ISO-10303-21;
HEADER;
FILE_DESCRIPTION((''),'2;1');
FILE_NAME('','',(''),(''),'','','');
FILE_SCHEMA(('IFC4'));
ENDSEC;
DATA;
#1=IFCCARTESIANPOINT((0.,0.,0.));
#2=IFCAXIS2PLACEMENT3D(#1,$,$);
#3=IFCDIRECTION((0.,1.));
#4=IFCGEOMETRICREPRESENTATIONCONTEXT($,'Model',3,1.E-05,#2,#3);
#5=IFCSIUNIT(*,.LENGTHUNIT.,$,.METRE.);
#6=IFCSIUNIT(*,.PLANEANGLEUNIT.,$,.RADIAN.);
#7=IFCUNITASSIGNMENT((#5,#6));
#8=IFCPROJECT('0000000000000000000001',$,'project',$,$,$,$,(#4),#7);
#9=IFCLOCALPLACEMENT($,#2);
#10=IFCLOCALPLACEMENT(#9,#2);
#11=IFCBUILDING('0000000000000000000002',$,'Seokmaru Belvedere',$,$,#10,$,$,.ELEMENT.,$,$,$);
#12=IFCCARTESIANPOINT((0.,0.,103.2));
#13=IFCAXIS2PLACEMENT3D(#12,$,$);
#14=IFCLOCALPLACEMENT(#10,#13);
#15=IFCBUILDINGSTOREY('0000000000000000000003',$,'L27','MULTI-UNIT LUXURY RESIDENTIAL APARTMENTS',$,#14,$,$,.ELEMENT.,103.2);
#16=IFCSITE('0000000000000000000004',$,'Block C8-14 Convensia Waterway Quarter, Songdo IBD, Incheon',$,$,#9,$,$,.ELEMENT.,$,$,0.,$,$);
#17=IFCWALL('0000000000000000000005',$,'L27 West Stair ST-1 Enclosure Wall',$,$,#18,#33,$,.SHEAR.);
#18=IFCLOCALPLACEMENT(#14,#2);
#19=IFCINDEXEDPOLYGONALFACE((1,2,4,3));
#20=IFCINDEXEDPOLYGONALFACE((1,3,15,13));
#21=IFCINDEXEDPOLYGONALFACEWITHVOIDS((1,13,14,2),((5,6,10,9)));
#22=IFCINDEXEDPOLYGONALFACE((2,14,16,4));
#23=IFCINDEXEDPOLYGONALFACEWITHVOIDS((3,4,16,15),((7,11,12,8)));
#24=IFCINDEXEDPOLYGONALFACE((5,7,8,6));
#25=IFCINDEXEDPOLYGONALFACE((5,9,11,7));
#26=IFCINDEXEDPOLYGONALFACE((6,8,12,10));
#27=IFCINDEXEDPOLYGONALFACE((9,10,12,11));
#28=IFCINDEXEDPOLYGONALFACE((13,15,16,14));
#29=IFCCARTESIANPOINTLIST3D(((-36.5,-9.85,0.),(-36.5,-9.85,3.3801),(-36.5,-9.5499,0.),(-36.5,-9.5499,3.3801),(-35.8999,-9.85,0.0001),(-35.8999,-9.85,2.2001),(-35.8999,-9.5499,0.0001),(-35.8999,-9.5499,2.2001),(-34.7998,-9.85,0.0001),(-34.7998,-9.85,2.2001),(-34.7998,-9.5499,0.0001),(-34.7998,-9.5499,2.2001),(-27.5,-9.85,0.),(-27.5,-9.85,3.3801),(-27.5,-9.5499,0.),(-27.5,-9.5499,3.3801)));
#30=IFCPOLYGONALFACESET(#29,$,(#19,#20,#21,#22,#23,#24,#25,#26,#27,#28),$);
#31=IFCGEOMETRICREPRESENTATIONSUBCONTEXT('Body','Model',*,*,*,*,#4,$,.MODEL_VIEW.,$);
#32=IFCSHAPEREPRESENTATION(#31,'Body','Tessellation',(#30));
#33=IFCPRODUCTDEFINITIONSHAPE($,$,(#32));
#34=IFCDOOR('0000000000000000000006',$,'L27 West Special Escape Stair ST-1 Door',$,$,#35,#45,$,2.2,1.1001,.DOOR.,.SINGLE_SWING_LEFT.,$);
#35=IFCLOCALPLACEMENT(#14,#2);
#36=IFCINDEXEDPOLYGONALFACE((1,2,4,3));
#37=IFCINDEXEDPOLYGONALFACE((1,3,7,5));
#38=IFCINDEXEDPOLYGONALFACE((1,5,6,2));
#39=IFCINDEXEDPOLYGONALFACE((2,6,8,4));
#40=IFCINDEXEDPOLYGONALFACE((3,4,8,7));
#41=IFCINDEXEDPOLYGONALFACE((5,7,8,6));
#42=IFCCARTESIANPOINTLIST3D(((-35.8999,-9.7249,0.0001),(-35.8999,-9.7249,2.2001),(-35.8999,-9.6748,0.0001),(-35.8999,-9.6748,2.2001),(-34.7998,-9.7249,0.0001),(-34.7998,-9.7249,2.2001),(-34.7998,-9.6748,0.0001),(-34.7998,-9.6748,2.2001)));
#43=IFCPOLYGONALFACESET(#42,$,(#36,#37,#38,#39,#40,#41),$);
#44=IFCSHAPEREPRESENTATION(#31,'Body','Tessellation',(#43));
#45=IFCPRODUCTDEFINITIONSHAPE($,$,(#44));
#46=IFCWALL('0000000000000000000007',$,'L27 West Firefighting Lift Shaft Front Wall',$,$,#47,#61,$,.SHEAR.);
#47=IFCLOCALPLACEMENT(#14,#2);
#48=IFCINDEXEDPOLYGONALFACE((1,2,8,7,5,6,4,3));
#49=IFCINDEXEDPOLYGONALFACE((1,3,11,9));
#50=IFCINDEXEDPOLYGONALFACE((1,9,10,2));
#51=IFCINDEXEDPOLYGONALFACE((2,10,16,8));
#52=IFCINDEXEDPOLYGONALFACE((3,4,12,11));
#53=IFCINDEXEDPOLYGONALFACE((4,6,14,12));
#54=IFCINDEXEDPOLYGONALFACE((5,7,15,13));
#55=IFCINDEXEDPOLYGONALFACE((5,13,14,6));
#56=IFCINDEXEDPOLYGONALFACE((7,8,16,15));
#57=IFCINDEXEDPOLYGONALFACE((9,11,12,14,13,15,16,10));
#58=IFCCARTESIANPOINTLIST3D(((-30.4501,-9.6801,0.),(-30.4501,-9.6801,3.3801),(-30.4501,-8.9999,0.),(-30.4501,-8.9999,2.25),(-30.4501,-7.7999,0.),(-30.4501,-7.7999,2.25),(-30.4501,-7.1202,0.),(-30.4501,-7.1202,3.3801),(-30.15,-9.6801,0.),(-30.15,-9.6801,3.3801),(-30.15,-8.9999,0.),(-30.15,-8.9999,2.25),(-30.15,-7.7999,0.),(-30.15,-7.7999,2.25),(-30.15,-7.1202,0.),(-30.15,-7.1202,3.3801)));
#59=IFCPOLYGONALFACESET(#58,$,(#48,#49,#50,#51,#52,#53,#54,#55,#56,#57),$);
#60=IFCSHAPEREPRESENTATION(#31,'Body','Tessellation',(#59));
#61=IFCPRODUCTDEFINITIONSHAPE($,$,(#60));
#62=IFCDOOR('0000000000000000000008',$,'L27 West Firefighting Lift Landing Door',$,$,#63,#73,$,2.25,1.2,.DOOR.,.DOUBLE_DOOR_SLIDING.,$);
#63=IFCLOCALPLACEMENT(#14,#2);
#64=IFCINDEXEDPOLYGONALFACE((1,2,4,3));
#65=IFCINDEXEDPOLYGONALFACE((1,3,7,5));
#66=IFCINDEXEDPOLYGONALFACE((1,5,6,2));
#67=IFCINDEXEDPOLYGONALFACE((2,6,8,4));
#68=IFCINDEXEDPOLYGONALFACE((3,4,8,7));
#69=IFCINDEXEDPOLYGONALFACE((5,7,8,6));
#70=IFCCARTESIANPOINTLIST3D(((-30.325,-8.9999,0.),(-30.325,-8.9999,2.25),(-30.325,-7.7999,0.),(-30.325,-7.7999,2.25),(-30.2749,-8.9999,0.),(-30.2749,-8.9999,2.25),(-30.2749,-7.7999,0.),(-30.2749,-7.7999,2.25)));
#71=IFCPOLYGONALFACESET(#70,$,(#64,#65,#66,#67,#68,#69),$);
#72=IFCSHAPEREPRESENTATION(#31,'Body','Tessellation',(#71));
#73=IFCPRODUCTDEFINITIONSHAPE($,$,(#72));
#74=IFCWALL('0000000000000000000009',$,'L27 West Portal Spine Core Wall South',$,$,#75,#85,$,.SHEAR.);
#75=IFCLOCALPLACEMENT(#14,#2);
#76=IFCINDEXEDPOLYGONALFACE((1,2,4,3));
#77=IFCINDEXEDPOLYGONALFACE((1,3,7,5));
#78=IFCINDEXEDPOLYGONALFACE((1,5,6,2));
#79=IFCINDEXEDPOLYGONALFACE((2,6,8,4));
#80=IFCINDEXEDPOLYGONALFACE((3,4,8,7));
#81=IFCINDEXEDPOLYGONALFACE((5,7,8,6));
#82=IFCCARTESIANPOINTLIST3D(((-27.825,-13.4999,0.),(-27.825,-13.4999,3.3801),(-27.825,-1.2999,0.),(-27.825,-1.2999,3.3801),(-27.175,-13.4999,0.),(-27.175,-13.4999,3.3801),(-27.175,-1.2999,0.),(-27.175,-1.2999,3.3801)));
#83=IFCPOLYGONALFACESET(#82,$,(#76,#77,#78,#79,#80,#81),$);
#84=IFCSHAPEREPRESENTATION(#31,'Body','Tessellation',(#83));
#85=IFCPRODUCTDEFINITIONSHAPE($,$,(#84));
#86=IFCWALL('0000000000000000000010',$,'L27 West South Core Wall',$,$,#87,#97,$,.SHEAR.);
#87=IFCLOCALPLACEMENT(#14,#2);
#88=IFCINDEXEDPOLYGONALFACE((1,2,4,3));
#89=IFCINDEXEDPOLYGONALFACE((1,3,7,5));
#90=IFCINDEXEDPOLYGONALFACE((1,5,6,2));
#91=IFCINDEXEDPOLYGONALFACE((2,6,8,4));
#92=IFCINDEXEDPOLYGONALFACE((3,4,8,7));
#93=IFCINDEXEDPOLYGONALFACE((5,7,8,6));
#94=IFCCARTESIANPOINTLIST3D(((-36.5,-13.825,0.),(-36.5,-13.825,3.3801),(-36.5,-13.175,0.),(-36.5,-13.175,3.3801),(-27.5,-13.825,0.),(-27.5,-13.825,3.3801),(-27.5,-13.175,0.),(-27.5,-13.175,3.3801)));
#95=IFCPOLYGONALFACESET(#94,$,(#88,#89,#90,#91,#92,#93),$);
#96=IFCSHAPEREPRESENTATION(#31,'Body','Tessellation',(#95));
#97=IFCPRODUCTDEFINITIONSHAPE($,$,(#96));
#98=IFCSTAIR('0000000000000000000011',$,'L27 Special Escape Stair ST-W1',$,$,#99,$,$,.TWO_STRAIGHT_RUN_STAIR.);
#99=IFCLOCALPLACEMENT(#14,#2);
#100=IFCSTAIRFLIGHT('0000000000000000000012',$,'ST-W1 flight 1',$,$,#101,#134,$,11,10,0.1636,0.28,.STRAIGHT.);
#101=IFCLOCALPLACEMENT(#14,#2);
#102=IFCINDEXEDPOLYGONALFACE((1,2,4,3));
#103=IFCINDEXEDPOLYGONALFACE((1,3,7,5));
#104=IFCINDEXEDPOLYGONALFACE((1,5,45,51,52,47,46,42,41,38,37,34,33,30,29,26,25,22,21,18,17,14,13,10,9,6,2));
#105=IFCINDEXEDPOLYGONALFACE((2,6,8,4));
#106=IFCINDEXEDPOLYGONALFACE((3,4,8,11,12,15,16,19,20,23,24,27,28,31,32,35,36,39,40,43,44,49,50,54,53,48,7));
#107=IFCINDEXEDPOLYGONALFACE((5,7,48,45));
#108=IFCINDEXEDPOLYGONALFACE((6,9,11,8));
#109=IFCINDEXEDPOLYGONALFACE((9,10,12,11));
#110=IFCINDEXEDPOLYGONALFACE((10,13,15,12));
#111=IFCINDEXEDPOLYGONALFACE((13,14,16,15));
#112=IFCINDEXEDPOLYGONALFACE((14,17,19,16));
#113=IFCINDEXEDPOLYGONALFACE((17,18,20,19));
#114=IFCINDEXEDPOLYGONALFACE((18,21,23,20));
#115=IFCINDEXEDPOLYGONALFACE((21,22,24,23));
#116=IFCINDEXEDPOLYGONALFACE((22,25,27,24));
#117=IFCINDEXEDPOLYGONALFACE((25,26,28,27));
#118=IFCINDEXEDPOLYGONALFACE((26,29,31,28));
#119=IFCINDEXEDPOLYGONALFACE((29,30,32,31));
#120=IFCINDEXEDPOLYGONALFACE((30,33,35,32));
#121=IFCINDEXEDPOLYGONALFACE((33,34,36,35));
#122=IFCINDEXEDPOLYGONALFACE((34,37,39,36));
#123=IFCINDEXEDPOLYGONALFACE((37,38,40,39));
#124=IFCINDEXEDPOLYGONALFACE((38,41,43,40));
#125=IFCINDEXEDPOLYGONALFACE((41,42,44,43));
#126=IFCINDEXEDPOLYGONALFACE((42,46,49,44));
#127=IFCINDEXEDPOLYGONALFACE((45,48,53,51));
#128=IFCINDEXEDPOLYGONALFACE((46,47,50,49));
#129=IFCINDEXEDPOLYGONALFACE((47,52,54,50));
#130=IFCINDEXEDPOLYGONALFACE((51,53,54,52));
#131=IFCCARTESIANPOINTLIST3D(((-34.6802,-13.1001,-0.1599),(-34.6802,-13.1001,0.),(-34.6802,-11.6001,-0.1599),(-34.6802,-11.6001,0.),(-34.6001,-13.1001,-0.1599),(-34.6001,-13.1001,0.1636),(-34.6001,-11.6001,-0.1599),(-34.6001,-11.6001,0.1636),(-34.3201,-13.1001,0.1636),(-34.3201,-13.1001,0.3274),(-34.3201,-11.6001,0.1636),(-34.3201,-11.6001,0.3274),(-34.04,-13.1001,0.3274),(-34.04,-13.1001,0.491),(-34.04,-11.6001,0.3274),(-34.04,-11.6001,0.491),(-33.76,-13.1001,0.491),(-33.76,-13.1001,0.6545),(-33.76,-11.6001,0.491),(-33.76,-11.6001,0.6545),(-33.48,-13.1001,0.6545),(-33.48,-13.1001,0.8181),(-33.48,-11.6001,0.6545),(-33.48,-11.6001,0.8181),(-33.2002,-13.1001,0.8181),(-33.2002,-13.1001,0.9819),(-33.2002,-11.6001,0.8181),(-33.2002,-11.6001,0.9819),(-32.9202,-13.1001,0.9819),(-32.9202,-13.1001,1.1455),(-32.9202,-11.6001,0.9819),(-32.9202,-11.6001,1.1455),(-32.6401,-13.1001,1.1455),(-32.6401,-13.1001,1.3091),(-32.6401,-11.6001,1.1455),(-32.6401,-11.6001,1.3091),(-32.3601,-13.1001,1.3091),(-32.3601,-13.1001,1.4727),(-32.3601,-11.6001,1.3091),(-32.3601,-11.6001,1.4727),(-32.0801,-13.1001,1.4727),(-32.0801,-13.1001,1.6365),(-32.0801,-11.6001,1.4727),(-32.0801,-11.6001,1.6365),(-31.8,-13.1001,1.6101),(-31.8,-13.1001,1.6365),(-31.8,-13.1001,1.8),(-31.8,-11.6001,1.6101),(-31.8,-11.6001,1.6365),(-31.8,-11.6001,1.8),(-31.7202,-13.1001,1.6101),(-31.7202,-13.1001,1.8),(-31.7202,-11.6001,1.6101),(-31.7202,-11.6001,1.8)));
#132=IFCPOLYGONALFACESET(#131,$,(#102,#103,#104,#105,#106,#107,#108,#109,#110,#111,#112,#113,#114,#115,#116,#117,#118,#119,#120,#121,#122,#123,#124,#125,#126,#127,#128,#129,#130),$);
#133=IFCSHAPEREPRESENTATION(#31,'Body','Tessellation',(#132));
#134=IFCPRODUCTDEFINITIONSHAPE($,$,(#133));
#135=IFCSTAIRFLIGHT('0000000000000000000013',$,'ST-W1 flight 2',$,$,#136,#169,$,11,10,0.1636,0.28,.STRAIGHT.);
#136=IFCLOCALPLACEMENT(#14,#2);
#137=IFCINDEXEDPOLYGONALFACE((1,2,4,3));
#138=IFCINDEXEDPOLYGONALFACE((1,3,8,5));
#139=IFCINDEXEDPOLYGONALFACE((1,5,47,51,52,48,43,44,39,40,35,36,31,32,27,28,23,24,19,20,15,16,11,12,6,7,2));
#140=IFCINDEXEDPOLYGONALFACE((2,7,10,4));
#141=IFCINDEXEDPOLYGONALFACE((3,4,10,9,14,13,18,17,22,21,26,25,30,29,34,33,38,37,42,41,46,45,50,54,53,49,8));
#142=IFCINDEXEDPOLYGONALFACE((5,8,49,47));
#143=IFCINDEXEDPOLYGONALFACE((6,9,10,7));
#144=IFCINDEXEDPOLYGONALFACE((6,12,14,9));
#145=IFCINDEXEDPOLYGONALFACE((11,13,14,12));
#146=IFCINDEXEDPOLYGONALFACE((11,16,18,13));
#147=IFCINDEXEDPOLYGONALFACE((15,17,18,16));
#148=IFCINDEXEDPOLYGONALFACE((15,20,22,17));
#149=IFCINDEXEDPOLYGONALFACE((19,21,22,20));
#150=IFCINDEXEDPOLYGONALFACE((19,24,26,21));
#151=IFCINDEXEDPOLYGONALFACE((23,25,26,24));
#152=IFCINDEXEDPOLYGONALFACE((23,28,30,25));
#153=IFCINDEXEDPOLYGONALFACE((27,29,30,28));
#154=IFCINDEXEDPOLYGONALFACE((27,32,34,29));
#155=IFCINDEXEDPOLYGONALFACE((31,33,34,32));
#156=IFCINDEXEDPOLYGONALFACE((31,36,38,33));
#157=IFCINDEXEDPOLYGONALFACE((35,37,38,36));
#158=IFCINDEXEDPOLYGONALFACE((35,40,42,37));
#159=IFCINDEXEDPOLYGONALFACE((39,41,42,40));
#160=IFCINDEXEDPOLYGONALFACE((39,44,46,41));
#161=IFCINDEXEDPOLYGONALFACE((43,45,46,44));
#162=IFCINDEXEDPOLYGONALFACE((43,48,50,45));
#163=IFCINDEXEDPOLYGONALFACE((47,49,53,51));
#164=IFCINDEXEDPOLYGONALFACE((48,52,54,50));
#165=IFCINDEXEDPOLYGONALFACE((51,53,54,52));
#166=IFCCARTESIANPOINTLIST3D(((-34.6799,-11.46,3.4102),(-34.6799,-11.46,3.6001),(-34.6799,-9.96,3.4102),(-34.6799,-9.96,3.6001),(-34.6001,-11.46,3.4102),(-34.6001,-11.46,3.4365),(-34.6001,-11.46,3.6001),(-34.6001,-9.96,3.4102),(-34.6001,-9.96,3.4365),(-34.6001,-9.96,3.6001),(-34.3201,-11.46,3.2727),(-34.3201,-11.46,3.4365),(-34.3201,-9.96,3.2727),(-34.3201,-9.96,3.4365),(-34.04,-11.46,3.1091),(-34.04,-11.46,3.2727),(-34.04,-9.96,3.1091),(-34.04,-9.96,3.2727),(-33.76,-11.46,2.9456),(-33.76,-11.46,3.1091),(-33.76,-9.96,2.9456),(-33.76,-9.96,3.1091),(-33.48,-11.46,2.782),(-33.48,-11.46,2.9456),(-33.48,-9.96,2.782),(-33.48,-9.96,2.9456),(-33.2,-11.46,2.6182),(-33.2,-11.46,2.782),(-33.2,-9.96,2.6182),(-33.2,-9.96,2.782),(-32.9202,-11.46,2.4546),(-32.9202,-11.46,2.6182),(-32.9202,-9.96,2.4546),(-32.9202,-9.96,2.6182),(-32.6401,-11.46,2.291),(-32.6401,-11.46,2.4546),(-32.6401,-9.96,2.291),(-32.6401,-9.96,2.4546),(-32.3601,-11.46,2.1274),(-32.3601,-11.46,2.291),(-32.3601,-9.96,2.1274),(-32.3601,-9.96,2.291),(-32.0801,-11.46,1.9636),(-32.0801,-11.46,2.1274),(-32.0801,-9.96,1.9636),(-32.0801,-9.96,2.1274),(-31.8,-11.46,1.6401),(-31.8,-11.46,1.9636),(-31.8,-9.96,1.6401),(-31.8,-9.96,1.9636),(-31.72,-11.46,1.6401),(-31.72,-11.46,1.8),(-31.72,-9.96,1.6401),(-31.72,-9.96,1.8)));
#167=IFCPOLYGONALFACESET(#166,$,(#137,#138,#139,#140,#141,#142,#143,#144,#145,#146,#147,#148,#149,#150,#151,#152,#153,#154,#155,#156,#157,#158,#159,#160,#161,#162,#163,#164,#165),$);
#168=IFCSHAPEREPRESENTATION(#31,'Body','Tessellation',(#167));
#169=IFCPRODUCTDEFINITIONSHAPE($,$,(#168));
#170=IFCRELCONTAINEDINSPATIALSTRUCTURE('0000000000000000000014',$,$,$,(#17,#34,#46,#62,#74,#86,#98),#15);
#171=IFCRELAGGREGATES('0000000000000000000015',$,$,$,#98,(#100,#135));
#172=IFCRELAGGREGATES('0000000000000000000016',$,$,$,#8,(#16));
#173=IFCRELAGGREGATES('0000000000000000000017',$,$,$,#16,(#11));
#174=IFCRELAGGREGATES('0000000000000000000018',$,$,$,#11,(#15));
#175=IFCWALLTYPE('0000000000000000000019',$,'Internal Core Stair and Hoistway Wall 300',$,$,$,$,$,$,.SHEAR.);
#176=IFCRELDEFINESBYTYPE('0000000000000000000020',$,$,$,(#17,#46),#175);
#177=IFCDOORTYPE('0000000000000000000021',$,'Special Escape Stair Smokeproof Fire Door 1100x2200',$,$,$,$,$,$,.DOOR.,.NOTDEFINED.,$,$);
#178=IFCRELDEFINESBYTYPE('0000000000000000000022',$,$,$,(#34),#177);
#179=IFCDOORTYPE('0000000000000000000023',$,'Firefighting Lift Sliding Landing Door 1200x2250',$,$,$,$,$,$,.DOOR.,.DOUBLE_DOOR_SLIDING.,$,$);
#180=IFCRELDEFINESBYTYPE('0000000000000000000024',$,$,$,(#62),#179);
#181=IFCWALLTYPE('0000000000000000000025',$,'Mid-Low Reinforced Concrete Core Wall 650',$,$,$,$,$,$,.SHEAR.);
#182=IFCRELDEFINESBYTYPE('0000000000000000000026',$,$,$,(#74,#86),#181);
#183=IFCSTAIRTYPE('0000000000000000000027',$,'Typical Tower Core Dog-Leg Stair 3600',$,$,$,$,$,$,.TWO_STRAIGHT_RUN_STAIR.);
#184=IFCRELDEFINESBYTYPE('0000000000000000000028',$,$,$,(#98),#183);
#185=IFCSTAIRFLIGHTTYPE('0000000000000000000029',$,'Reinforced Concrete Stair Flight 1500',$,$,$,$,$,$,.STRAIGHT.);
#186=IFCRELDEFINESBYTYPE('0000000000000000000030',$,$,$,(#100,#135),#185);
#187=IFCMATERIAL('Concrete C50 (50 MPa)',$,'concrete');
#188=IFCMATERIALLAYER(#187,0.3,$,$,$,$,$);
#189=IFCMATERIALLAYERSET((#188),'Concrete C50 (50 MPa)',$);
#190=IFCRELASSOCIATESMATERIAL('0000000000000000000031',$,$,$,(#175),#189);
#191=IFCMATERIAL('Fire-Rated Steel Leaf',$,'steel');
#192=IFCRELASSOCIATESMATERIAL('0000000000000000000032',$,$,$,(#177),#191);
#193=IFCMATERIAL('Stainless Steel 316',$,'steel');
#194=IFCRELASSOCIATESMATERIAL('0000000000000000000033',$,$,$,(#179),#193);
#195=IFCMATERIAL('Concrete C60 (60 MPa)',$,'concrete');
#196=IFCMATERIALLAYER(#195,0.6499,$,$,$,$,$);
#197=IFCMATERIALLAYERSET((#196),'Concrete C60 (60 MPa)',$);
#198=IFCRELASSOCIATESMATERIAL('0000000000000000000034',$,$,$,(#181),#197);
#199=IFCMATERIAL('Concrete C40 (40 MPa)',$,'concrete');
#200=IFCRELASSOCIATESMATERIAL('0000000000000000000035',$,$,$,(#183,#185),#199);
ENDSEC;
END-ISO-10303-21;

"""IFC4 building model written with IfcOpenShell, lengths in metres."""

from ifc_helpers import new_model, si_unit, direction, frame, frame_2d, origin, place, context, subcontext, project, spatial, polyline, rectangle, outline, extrude, source, transform, mapped, material, layer, layer_set, type_object, type_shapes, element, fill, aggregate, save


model = new_model("IFC4")

# Units and contexts
model_context = context("Model", 3, precision=1e-05, world=origin(), true_north=direction((0.0, 1.0)))
body_context = subcontext(model_context, "Body", "Model", "MODEL_VIEW")
ifc_project = project(units=[si_unit("LENGTHUNIT", "METRE"), si_unit("PLANEANGLEUNIT", "RADIAN")], contexts=[model_context])

# Site, building, storey
site_placement = place(None, origin())
site = spatial("IfcSite", under=ifc_project, at=site_placement, Name="Block C8-14 Convensia Waterway Quarter, Songdo IBD, Incheon", CompositionType="ELEMENT", RefElevation=0.0)
building_placement = place(site_placement, origin())
building = spatial("IfcBuilding", under=site, at=building_placement, Name="Seokmaru Belvedere", CompositionType="ELEMENT")
storey_placement = place(building_placement, frame((0.0, 0.0, 103.2)))
storey = spatial("IfcBuildingStorey", under=building, at=storey_placement, Name="L27", Description="MULTI-UNIT LUXURY RESIDENTIAL APARTMENTS", CompositionType="ELEMENT", Elevation=103.2)

# Shared definitions
ifc_material_1 = material(Name="Concrete C50 (50 MPa)", Category="concrete")

# Walls, openings, doors
ifc_layer_1 = layer(ifc_material_1, 0.3)
ifc_layer_set_1 = layer_set([ifc_layer_1], Name="Concrete C50 (50 MPa)")
wall_type_1 = type_object("IfcWallType", Name="Internal Core Stair and Hoistway Wall 300", PredefinedType="SHEAR", material=ifc_layer_set_1)
wall_1_placement = place(storey_placement, frame((-36.5, -9.7, 0.0), z_axis=(0.0, 0.0, 1.0), x_axis=(1.0, 0.0, 0.0)))
wall_1 = element("IfcWall", 1, at=wall_1_placement, inside=storey, type_object=wall_type_1, Name="L27 West Stair ST-1 Enclosure Wall", PredefinedType="SHEAR", context=body_context, shape_type="SweptSolid", body=[
    extrude(rectangle(XDim=9.0, YDim=0.3, at=frame_2d((4.5, 0.0))), origin(), (0.0, 0.0, 1.0), 3.3801),
])
opening_1_placement = place(wall_1_placement, frame((0.6001, 0.0, 0.0)))
opening_1 = element("IfcOpeningElement", 2, at=opening_1_placement, cuts=wall_1, PredefinedType="OPENING", context=body_context, shape_type="SweptSolid", body=[
    extrude(rectangle(XDim=1.1001, YDim=2.2, at=frame_2d((0.55, 1.1001))), frame((0.0, 0.1602, 0.0), z_axis=(0.0, -1.0, 0.0), x_axis=(1.0, 0.0, 0.0)), (0.0, 0.0, 1.0), 0.3201),
])
ifc_material_2 = material(Name="Fire-Rated Steel Leaf", Category="steel")
door_type_1 = type_object("IfcDoorType", Name="Special Escape Stair Smokeproof Fire Door 1100x2200", OperationType="NOTDEFINED", PredefinedType="DOOR", material=ifc_material_2)
shared_shape_1 = source(origin(), body_context, "Body", "SweptSolid", [
    extrude(rectangle(XDim=1.1001, YDim=2.2, at=frame_2d((0.55, 1.1001))), frame((0.0, 0.0249, 0.0), z_axis=(0.0, -1.0, 0.0), x_axis=(1.0, 0.0, 0.0)), (0.0, 0.0, 1.0), 0.05),
])
type_shapes(door_type_1, [shared_shape_1])
door_1_placement = place(opening_1_placement, frame((1.1001, 0.0, 0.0), z_axis=(0.0, 0.0, 1.0), x_axis=(-1.0, 0.0, 0.0)))
door_1 = element("IfcDoor", 3, at=door_1_placement, inside=storey, type_object=door_type_1, Name="L27 West Special Escape Stair ST-1 Door", OperationType="SINGLE_SWING_LEFT", OverallHeight=2.2, OverallWidth=1.1001, PredefinedType="DOOR", context=body_context, shape_type="MappedRepresentation", body=[
    mapped(shared_shape_1, transform((0.0, 0.0, 0.0), scale=1.0)),
])
fill(opening_1, door_1)
wall_2_placement = place(storey_placement, frame((-30.3, -9.6799, 0.0), z_axis=(0.0, 0.0, 1.0), x_axis=(0.0, 1.0, 0.0)))
wall_2 = element("IfcWall", 4, at=wall_2_placement, inside=storey, type_object=wall_type_1, Name="L27 West Firefighting Lift Shaft Front Wall", PredefinedType="SHEAR", context=body_context, shape_type="SweptSolid", body=[
    extrude(rectangle(XDim=2.5598, YDim=0.3, at=frame_2d((1.2798, 0.0))), origin(), (0.0, 0.0, 1.0), 3.3801),
])
opening_2_placement = place(wall_2_placement, frame((0.6799, 0.0, 0.0)))
opening_2 = element("IfcOpeningElement", 5, at=opening_2_placement, cuts=wall_2, PredefinedType="OPENING", context=body_context, shape_type="SweptSolid", body=[
    extrude(rectangle(XDim=1.2, YDim=2.25, at=frame_2d((0.6001, 1.125))), frame((0.0, 0.1602, 0.0), z_axis=(0.0, -1.0, 0.0), x_axis=(1.0, 0.0, 0.0)), (0.0, 0.0, 1.0), 0.3201),
])
ifc_material_3 = material(Name="Stainless Steel 316", Category="steel")
door_type_2 = type_object("IfcDoorType", Name="Firefighting Lift Sliding Landing Door 1200x2250", OperationType="DOUBLE_DOOR_SLIDING", PredefinedType="DOOR", material=ifc_material_3)
shared_shape_2 = source(origin(), body_context, "Body", "SweptSolid", [
    extrude(rectangle(XDim=1.2, YDim=2.25, at=frame_2d((0.6001, 1.125))), frame((0.0, 0.0249, 0.0), z_axis=(0.0, -1.0, 0.0), x_axis=(1.0, 0.0, 0.0)), (0.0, 0.0, 1.0), 0.05),
])
type_shapes(door_type_2, [shared_shape_2])
door_2_placement = place(opening_2_placement, origin())
door_2 = element("IfcDoor", 6, at=door_2_placement, inside=storey, type_object=door_type_2, Name="L27 West Firefighting Lift Landing Door", OperationType="DOUBLE_DOOR_SLIDING", OverallHeight=2.25, OverallWidth=1.2, PredefinedType="DOOR", context=body_context, shape_type="MappedRepresentation", body=[
    mapped(shared_shape_2, transform((0.0, 0.0, 0.0), scale=1.0)),
])
fill(opening_2, door_2)

# Walls
ifc_material_4 = material(Name="Concrete C60 (60 MPa)", Category="concrete")
ifc_layer_2 = layer(ifc_material_4, 0.6499)
ifc_layer_set_2 = layer_set([ifc_layer_2], Name="Concrete C60 (60 MPa)")
wall_type_2 = type_object("IfcWallType", Name="Mid-Low Reinforced Concrete Core Wall 650", PredefinedType="SHEAR", material=ifc_layer_set_2)
wall_3_placement = place(storey_placement, frame((-27.5, -13.5, 0.0), z_axis=(0.0, 0.0, 1.0), x_axis=(0.0, 1.0, 0.0)))
element("IfcWall", 7, at=wall_3_placement, inside=storey, type_object=wall_type_2, Name="L27 West Portal Spine Core Wall South", PredefinedType="SHEAR", context=body_context, shape_type="SweptSolid", body=[
    extrude(rectangle(XDim=12.2, YDim=0.6499, at=frame_2d((6.1001, 0.0))), origin(), (0.0, 0.0, 1.0), 3.3801),
])
wall_4_placement = place(storey_placement, frame((-36.5, -13.5, 0.0), z_axis=(0.0, 0.0, 1.0), x_axis=(1.0, 0.0, 0.0)))
element("IfcWall", 8, at=wall_4_placement, inside=storey, type_object=wall_type_2, Name="L27 West South Core Wall", PredefinedType="SHEAR", context=body_context, shape_type="SweptSolid", body=[
    extrude(rectangle(XDim=9.0, YDim=0.6499, at=frame_2d((4.5, 0.0))), origin(), (0.0, 0.0, 1.0), 3.3801),
])

# Stair, stair flights
ifc_material_5 = material(Name="Concrete C40 (40 MPa)", Category="concrete")
stair_type = type_object("IfcStairType", Name="Typical Tower Core Dog-Leg Stair 3600", PredefinedType="TWO_STRAIGHT_RUN_STAIR", material=ifc_material_5)
stair_placement = place(storey_placement, origin())
stair = element("IfcStair", 9, at=stair_placement, inside=storey, type_object=stair_type, Name="L27 Special Escape Stair ST-W1", PredefinedType="TWO_STRAIGHT_RUN_STAIR")
stair_flight_type = type_object("IfcStairFlightType", Name="Reinforced Concrete Stair Flight 1500", PredefinedType="STRAIGHT", material=ifc_material_5)
stair_flight_1_placement = place(storey_placement, frame((-34.6001, -12.3501, 0.0), z_axis=(0.0, 0.0, 1.0), x_axis=(1.0, 0.0, 0.0)))
stair_flight_1 = element("IfcStairFlight", 10, at=stair_flight_1_placement, type_object=stair_flight_type, Name="ST-W1 flight 1", NumberOfRisers=11, NumberOfTreads=10, PredefinedType="STRAIGHT", RiserHeight=0.1636, TreadLength=0.28, context=body_context, shape_type="SweptSolid", body=[
    extrude(outline(polyline([(-0.0801, 0.0), (0.0, 0.1636), (0.28, 0.1636), (0.28, 0.3274), (0.5601, 0.3274), (0.5601, 0.491), (0.8401, 0.491), (0.8401, 0.6545), (1.1201, 0.6545), (1.1201, 0.8181), (1.3999, 0.8181), (1.3999, 0.9819), (1.6799, 0.9819), (1.6799, 1.1455), (1.96, 1.1455), (1.96, 1.3091), (2.24, 1.3091), (2.24, 1.4727), (2.52, 1.4727), (2.52, 1.6365), (2.8, 1.6365), (2.8, 1.8), (2.8799, 1.8), (2.8799, 1.6101), (2.8, 1.6101), (0.0, -0.1599), (-0.0801, -0.1599), (-0.0801, 0.0)])), frame((0.0, 0.75, 0.0), z_axis=(0.0, -1.0, 0.0), x_axis=(1.0, 0.0, 0.0)), (0.0, 0.0, 1.0), 1.5),
])
stair_flight_2_placement = place(storey_placement, frame((-31.8, -10.71, 1.8), z_axis=(0.0, 0.0, 1.0), x_axis=(-1.0, 0.0, 0.0)))
stair_flight_2 = element("IfcStairFlight", 11, at=stair_flight_2_placement, type_object=stair_flight_type, Name="ST-W1 flight 2", NumberOfRisers=11, NumberOfTreads=10, PredefinedType="STRAIGHT", RiserHeight=0.1636, TreadLength=0.28, context=body_context, shape_type="SweptSolid", body=[
    extrude(outline(polyline([(-0.0801, 0.0), (0.0, 0.1636), (0.28, 0.1636), (0.28, 0.3274), (0.5601, 0.3274), (0.5601, 0.491), (0.8401, 0.491), (0.8401, 0.6545), (1.1201, 0.6545), (1.1201, 0.8181), (1.3999, 0.8181), (1.3999, 0.9819), (1.6799, 0.9819), (1.6799, 1.1455), (1.96, 1.1455), (1.96, 1.3091), (2.24, 1.3091), (2.24, 1.4727), (2.52, 1.4727), (2.52, 1.6365), (2.8, 1.6365), (2.8, 1.8), (2.8799, 1.8), (2.8799, 1.6101), (2.8, 1.6101), (0.0, -0.1599), (-0.0801, -0.1599), (-0.0801, 0.0)])), frame((0.0, 0.75, 0.0), z_axis=(0.0, -1.0, 0.0), x_axis=(1.0, 0.0, 0.0)), (0.0, 0.0, 1.0), 1.5),
])
aggregate(stair, [stair_flight_1, stair_flight_2])

save(model, "model.ifc")
